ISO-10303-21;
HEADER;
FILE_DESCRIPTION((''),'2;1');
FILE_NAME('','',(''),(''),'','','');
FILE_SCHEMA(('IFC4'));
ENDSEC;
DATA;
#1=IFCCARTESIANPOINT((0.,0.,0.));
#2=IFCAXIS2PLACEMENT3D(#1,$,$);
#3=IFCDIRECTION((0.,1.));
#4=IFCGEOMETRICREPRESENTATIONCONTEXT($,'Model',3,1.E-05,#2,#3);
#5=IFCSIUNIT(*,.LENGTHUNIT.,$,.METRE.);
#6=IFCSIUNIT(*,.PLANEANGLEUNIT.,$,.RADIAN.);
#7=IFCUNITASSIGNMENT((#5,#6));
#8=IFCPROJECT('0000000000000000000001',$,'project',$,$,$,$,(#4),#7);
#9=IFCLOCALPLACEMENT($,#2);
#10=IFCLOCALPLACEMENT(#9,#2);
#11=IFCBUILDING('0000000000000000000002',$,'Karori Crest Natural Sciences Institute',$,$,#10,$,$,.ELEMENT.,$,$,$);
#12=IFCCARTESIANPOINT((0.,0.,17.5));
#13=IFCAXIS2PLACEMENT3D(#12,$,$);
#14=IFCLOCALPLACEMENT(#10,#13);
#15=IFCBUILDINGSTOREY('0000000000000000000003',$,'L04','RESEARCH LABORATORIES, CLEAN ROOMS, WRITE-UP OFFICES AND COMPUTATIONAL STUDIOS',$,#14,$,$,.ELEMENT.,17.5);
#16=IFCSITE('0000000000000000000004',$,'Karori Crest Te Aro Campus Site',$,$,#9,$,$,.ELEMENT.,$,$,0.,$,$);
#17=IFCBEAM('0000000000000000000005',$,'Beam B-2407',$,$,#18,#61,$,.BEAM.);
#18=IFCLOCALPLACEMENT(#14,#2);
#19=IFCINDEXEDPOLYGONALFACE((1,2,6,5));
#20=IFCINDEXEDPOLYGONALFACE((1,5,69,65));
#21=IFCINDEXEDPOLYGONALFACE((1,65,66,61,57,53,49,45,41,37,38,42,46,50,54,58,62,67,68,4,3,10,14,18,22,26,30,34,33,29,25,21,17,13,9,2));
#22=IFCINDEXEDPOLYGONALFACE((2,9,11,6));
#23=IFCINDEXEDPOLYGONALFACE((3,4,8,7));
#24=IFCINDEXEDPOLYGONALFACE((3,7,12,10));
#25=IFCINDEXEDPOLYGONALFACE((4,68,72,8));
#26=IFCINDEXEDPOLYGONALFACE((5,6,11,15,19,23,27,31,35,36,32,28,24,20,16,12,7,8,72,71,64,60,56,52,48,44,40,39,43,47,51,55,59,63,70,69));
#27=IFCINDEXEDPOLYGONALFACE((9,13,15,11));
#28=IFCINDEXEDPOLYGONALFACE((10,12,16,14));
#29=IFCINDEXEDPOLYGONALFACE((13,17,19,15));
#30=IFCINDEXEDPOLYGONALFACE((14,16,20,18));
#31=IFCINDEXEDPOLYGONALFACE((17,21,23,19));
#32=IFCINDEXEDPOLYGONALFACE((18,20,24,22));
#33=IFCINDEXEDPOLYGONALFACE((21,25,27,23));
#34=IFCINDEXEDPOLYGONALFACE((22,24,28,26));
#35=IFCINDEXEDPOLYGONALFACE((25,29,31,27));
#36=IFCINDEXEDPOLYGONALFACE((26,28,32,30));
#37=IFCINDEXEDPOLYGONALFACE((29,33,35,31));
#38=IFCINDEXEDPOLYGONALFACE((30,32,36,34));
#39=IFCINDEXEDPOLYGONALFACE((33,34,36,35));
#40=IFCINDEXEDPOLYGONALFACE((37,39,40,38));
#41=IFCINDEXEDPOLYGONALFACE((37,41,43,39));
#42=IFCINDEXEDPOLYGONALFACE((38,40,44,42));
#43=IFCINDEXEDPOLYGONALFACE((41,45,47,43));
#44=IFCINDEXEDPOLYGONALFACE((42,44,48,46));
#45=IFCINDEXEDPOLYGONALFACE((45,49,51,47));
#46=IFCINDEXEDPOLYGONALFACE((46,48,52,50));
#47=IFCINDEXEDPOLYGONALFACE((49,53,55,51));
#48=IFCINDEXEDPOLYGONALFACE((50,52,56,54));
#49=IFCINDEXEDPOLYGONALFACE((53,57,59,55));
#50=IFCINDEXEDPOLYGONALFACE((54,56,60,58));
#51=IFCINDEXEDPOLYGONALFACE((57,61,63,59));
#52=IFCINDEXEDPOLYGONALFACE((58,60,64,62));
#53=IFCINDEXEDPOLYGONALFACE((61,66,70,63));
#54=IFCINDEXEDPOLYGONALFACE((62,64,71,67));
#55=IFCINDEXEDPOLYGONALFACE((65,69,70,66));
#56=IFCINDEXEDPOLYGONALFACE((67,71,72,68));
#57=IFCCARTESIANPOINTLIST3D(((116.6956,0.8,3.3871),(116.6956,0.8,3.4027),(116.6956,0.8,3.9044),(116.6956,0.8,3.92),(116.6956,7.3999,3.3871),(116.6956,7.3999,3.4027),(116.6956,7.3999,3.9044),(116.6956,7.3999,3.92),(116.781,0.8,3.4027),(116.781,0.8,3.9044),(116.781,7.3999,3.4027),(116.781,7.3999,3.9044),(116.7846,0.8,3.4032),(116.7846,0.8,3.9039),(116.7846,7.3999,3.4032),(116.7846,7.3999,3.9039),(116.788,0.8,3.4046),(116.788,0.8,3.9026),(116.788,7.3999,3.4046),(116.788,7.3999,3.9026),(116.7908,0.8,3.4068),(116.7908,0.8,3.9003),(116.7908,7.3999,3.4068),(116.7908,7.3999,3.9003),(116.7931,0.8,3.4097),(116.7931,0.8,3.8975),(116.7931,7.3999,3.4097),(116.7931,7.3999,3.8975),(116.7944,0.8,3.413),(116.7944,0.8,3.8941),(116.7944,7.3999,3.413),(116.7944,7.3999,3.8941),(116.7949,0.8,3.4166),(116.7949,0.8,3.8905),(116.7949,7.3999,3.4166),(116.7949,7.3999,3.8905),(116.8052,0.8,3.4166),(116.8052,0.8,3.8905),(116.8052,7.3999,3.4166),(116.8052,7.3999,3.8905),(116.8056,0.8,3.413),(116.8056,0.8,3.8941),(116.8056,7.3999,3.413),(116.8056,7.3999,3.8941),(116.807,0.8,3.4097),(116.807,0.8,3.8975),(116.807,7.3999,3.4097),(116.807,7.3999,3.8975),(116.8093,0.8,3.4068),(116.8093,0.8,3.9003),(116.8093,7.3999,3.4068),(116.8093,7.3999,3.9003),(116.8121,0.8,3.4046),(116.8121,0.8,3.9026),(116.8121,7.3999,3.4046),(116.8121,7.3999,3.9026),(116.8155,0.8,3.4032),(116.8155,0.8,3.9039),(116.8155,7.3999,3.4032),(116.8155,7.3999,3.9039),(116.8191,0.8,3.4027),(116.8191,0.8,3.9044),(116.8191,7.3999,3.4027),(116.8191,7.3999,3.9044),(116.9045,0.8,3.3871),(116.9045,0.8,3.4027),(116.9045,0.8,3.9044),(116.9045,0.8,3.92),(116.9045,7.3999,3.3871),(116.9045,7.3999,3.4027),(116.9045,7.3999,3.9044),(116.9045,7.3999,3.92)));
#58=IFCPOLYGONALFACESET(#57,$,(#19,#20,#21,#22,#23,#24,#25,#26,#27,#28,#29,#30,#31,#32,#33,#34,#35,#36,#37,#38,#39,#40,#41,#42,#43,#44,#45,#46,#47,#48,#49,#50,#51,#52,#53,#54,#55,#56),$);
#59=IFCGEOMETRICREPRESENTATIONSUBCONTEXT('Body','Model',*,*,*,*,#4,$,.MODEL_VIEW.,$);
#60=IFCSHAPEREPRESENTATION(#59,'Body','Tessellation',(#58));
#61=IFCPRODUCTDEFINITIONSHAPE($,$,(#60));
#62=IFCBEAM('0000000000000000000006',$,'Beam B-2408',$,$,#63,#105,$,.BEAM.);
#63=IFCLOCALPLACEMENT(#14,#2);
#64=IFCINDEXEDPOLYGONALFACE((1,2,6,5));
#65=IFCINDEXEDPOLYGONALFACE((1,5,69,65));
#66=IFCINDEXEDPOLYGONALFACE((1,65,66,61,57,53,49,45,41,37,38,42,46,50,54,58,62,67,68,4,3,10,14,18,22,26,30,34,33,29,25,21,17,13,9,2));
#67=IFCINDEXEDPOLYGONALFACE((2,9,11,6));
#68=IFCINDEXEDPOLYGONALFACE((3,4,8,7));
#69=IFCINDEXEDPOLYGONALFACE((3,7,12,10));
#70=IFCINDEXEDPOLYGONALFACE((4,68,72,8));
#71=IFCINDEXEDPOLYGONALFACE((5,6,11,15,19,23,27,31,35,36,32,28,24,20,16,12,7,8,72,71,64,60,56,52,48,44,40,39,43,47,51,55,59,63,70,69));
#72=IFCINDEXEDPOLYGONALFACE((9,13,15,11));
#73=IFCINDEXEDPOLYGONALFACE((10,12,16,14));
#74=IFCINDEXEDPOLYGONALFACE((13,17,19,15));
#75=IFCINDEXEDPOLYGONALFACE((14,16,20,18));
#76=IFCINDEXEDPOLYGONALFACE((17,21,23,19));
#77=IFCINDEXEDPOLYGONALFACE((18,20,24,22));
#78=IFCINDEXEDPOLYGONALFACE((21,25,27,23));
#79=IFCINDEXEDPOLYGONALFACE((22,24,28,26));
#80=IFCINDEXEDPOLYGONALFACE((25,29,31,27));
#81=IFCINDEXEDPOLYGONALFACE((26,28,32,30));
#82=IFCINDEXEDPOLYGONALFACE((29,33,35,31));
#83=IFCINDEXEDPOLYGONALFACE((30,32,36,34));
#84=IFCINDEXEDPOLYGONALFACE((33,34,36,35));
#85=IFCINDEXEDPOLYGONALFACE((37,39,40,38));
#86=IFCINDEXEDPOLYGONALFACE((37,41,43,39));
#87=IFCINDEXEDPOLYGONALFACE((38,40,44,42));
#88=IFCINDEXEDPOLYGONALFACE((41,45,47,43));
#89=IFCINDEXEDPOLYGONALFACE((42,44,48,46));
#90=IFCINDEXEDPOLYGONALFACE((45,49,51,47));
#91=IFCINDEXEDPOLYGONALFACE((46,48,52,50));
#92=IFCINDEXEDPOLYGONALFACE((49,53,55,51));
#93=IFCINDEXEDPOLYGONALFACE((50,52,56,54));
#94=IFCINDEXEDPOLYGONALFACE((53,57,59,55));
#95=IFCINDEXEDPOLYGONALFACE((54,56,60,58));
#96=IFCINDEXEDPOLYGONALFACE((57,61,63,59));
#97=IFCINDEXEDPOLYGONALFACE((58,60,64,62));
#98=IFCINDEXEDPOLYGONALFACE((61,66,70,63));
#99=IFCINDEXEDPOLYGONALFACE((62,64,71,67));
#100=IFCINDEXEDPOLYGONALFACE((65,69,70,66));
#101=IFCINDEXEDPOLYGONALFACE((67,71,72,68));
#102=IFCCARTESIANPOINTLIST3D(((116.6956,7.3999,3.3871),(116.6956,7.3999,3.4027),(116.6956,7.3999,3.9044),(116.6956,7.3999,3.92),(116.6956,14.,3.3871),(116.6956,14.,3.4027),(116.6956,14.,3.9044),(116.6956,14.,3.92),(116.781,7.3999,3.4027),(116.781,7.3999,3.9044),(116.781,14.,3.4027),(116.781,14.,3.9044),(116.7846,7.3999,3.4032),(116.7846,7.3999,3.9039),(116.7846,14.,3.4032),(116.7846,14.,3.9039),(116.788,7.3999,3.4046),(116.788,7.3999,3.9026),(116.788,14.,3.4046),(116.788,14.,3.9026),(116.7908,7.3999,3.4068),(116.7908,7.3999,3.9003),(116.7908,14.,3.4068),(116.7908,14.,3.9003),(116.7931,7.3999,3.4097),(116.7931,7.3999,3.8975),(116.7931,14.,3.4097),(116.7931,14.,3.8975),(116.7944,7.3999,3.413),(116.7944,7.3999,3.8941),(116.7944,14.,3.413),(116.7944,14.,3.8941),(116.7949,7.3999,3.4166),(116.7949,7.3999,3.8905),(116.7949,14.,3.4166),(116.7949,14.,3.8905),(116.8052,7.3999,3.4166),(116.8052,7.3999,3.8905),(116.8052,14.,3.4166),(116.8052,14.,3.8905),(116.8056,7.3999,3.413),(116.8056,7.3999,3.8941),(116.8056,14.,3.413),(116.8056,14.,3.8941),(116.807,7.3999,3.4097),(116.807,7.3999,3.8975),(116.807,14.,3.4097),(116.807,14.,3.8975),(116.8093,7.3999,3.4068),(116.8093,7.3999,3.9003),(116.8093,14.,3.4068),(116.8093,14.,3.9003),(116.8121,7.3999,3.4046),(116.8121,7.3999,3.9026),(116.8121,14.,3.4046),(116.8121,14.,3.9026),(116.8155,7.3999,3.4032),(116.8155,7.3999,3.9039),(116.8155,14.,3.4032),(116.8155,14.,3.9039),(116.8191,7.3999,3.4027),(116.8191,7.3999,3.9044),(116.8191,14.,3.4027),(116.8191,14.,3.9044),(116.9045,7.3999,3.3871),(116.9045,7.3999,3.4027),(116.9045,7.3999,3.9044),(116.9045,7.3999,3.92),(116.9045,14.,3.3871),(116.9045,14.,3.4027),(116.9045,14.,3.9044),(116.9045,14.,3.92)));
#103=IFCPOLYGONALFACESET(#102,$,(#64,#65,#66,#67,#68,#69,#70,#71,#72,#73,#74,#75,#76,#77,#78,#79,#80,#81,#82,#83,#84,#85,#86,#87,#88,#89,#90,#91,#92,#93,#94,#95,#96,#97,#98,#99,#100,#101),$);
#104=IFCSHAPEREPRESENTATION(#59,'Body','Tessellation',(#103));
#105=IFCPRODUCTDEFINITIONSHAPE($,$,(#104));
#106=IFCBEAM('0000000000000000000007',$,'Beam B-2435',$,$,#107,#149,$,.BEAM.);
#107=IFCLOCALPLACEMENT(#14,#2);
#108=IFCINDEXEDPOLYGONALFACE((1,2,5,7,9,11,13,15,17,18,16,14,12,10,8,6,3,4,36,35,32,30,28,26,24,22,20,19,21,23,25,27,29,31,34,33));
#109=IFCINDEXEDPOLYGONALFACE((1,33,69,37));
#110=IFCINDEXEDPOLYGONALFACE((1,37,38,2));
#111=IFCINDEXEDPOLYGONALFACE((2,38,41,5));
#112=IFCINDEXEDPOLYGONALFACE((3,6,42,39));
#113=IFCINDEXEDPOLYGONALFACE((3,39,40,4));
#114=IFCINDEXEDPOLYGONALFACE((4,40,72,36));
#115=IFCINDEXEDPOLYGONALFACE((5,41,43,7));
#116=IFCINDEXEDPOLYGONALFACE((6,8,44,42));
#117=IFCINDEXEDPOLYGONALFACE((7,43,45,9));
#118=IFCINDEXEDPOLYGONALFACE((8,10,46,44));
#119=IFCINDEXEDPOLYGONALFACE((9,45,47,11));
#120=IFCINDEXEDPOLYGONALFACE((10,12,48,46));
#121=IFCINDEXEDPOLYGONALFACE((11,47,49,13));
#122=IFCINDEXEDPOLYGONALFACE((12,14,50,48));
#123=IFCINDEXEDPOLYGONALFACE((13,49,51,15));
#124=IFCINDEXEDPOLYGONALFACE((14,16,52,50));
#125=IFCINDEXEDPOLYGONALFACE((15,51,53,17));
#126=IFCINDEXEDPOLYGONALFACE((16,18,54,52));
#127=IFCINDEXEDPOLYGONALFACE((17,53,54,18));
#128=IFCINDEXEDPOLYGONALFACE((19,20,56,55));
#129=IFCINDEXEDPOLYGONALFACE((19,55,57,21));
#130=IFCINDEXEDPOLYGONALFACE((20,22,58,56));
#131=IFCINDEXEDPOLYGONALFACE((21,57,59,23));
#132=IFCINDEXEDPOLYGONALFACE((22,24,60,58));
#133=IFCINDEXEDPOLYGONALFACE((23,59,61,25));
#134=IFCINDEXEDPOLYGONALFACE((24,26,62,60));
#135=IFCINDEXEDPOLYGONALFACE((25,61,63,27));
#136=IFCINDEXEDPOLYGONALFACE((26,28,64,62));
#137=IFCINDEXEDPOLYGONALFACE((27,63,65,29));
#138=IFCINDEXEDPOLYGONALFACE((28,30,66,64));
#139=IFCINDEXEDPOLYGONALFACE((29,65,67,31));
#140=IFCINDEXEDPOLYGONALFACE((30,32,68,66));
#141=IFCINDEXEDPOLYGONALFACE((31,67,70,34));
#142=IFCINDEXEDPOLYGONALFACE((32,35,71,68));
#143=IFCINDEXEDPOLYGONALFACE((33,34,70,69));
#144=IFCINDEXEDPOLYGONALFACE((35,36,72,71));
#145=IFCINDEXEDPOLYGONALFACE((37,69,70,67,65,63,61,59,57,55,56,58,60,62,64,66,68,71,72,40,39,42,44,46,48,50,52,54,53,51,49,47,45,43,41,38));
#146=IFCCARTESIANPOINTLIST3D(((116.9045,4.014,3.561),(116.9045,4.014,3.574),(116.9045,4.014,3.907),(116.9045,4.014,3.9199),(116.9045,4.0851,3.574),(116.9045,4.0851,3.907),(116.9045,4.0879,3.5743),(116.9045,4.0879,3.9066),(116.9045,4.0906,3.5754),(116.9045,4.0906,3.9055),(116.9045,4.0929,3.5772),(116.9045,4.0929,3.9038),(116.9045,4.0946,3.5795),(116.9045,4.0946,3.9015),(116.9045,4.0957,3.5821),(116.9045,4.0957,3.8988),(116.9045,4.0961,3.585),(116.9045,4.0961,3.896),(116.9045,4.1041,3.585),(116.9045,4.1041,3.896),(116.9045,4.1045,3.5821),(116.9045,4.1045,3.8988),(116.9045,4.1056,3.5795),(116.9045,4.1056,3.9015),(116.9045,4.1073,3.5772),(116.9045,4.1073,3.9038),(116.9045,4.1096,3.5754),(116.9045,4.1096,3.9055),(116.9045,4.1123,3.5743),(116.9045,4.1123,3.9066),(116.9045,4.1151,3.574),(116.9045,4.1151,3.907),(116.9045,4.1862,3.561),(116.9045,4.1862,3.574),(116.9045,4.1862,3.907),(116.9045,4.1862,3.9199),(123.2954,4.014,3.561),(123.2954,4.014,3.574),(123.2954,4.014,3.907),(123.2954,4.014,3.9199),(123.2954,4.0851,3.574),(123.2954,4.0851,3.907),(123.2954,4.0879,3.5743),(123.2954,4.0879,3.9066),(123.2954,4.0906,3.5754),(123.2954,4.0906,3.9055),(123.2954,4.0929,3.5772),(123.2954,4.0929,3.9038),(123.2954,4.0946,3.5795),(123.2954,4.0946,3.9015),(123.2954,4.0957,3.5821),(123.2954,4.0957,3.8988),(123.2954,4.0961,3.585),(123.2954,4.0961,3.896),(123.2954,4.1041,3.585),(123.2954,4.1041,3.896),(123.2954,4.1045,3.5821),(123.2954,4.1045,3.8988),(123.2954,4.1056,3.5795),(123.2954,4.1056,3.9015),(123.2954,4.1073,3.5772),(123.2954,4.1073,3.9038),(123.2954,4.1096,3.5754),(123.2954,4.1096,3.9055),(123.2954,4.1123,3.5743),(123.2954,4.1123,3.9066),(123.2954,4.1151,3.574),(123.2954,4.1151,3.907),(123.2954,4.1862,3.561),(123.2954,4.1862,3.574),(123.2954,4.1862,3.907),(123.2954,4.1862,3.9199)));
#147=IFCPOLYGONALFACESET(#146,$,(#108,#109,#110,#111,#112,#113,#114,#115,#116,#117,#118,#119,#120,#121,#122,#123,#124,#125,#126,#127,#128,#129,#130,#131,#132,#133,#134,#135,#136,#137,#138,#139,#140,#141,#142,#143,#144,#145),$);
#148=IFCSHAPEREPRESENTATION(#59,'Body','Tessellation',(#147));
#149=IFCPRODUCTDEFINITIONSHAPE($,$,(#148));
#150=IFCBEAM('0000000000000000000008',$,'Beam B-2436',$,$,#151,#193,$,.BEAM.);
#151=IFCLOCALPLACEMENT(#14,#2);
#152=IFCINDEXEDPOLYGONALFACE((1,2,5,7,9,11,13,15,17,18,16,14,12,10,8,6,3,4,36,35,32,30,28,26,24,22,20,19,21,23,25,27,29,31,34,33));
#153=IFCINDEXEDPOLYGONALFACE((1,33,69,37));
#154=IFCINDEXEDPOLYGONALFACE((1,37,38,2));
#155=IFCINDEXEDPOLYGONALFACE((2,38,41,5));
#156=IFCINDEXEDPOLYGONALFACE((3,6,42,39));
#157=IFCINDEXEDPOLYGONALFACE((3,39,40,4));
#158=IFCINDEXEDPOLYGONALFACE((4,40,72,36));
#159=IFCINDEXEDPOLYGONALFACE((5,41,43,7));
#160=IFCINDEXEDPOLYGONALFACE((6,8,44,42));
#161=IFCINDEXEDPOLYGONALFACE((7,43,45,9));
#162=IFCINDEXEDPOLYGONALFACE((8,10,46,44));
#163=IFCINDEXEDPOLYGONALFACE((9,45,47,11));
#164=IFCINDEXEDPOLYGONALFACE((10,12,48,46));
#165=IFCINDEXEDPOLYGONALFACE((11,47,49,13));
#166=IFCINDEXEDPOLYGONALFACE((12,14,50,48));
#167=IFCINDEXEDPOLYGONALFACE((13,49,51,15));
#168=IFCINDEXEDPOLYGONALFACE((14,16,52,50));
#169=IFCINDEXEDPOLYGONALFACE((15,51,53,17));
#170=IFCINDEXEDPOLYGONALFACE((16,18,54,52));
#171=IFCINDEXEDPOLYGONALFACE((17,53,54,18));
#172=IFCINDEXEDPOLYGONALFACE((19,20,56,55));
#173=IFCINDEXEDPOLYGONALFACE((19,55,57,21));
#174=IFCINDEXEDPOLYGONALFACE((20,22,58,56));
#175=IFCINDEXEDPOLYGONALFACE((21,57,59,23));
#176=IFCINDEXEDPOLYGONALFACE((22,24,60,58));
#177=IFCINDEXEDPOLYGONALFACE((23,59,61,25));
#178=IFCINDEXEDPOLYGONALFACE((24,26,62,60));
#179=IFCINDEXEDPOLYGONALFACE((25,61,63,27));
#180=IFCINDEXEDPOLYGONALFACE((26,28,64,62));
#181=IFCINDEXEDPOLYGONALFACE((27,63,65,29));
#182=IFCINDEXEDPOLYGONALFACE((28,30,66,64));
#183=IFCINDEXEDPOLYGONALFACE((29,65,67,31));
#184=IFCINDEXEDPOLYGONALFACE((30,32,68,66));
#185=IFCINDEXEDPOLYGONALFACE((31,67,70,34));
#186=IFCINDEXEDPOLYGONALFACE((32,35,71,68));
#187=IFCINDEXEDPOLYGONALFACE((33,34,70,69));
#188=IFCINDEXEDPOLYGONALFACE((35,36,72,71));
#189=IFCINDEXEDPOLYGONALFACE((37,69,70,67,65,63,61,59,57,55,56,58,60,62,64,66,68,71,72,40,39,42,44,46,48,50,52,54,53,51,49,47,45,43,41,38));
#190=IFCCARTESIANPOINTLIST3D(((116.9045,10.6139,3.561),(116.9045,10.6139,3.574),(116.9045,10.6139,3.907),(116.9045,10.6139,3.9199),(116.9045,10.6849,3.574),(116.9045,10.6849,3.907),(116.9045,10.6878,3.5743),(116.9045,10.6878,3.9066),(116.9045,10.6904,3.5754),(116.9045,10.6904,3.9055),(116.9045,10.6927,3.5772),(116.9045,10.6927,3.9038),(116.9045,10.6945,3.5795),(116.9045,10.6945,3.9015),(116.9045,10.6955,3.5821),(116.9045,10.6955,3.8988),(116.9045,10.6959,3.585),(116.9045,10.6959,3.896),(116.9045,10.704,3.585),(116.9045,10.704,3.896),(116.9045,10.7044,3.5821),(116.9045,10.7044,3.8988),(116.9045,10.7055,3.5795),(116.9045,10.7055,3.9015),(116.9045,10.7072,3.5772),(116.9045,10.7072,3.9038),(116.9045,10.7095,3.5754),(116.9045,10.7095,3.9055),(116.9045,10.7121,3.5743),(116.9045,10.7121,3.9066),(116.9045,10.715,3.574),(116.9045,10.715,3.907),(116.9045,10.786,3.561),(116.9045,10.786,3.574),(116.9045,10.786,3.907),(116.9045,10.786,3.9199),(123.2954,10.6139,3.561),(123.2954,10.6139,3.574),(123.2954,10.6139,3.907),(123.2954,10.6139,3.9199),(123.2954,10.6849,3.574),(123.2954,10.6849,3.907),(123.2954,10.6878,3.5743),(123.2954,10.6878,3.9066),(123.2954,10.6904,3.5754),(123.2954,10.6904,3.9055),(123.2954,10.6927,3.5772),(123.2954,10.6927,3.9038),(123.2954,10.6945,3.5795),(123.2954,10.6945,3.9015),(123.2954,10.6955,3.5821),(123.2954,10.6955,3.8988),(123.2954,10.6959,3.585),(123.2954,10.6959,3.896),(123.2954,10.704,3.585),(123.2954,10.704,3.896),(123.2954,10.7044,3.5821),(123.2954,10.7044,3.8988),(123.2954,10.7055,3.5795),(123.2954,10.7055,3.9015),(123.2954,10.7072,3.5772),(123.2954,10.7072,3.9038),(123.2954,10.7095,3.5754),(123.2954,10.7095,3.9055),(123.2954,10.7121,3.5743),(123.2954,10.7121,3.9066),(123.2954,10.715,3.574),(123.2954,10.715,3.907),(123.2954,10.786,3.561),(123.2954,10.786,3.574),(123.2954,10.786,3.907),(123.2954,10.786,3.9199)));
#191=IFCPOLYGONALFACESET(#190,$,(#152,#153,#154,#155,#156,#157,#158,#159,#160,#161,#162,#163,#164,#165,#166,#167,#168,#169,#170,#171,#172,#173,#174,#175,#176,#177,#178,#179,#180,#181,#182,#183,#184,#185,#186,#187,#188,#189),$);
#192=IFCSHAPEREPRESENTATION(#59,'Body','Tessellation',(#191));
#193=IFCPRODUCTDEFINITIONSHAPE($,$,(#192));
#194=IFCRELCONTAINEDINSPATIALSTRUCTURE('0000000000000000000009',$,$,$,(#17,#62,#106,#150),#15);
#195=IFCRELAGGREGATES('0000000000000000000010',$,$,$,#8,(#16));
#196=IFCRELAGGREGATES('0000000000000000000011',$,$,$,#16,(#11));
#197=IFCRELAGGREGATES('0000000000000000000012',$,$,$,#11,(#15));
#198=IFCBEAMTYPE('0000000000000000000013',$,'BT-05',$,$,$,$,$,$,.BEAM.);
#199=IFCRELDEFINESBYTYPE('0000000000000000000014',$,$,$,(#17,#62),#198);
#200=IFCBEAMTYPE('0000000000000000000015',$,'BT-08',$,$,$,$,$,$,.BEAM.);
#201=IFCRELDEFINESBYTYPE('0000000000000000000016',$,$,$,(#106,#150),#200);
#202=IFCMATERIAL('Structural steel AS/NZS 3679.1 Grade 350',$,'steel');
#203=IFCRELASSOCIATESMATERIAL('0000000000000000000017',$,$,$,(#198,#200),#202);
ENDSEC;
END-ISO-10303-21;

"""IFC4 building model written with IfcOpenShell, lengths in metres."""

from ifc_helpers import new_model, si_unit, direction, frame, origin, origin_2d, place, context, subcontext, project, spatial, i_section, extrude, material, material_profile, profile_set, type_object, element, save


model = new_model("IFC4")

# Units and contexts
model_context = context("Model", 3, precision=1e-05, world=origin(), true_north=direction((0.0, 1.0)))
body_context = subcontext(model_context, "Body", "Model", "MODEL_VIEW")
ifc_project = project(units=[si_unit("LENGTHUNIT", "METRE"), si_unit("PLANEANGLEUNIT", "RADIAN")], contexts=[model_context])

# Site, building, storey
site_placement = place(None, origin())
site = spatial("IfcSite", under=ifc_project, at=site_placement, Name="Karori Crest Te Aro Campus Site", CompositionType="ELEMENT", RefElevation=0.0)
building_placement = place(site_placement, origin())
building = spatial("IfcBuilding", under=site, at=building_placement, Name="Karori Crest Natural Sciences Institute", CompositionType="ELEMENT")
storey_placement = place(building_placement, frame((0.0, 0.0, 17.5)))
storey = spatial("IfcBuildingStorey", under=building, at=storey_placement, Name="L04", Description="RESEARCH LABORATORIES, CLEAN ROOMS, WRITE-UP OFFICES AND COMPUTATIONAL STUDIOS", CompositionType="ELEMENT", Elevation=17.5)

# Shared definitions
ifc_material_1 = material(Name="Structural steel AS/NZS 3679.1 Grade 350", Category="steel")

# Beams
ifc_material_profile_1 = material_profile(ifc_material_1, i_section(OverallWidth=0.209, OverallDepth=0.533, WebThickness=0.0103, FlangeThickness=0.0156, FilletRadius=0.0139, at=origin_2d()), Name="530UB92.4")
ifc_profile_set_1 = profile_set([ifc_material_profile_1], Name="Structural steel AS/NZS 3679.1 Grade 350")
beam_type_1 = type_object("IfcBeamType", Name="BT-05", PredefinedType="BEAM", material=ifc_profile_set_1)
beam_1_placement = place(storey_placement, frame((116.8, 0.8, 3.6536), z_axis=(0.0, 1.0, 0.0), x_axis=(-1.0, 0.0, 0.0)))
element("IfcBeam", 1, at=beam_1_placement, inside=storey, type_object=beam_type_1, Name="Beam B-2407", PredefinedType="BEAM", context=body_context, shape_type="SweptSolid", body=[
    extrude(i_section(OverallWidth=0.209, OverallDepth=0.533, WebThickness=0.0103, FlangeThickness=0.0156, FilletRadius=0.0139, at=origin_2d()), origin(), (0.0, 0.0, 1.0), 6.5999),
])
beam_2_placement = place(storey_placement, frame((116.8, 7.3999, 3.6536), z_axis=(0.0, 1.0, 0.0), x_axis=(-1.0, 0.0, 0.0)))
element("IfcBeam", 2, at=beam_2_placement, inside=storey, type_object=beam_type_1, Name="Beam B-2408", PredefinedType="BEAM", context=body_context, shape_type="SweptSolid", body=[
    extrude(i_section(OverallWidth=0.209, OverallDepth=0.533, WebThickness=0.0103, FlangeThickness=0.0156, FilletRadius=0.0139, at=origin_2d()), origin(), (0.0, 0.0, 1.0), 6.6001),
])
ifc_material_profile_2 = material_profile(ifc_material_1, i_section(OverallWidth=0.1721, OverallDepth=0.3589, WebThickness=0.0081, FlangeThickness=0.0129, FilletRadius=0.011, at=origin_2d()), Name="360UB56.7")
ifc_profile_set_2 = profile_set([ifc_material_profile_2], Name="Structural steel AS/NZS 3679.1 Grade 350")
beam_type_2 = type_object("IfcBeamType", Name="BT-08", PredefinedType="BEAM", material=ifc_profile_set_2)
for number, where, z_axis, x_axis, name in (
    (3, (116.9045, 4.1001, 3.7405), (1.0, 0.0, 0.0), (0.0, 1.0, 0.0), "Beam B-2435"),
    (4, (116.9045, 10.7, 3.7405), (1.0, 0.0, 0.0), (0.0, 1.0, 0.0), "Beam B-2436"),
):
    element("IfcBeam", number, at=place(storey_placement, frame(where, z_axis=z_axis, x_axis=x_axis)), inside=storey, type_object=beam_type_2, Name=name, PredefinedType="BEAM", context=body_context, shape_type="SweptSolid", body=[
        extrude(i_section(OverallWidth=0.1721, OverallDepth=0.3589, WebThickness=0.0081, FlangeThickness=0.0129, FilletRadius=0.011, at=origin_2d()), origin(), (0.0, 0.0, 1.0), 6.3909),
    ])

save(model, "model.ifc")
